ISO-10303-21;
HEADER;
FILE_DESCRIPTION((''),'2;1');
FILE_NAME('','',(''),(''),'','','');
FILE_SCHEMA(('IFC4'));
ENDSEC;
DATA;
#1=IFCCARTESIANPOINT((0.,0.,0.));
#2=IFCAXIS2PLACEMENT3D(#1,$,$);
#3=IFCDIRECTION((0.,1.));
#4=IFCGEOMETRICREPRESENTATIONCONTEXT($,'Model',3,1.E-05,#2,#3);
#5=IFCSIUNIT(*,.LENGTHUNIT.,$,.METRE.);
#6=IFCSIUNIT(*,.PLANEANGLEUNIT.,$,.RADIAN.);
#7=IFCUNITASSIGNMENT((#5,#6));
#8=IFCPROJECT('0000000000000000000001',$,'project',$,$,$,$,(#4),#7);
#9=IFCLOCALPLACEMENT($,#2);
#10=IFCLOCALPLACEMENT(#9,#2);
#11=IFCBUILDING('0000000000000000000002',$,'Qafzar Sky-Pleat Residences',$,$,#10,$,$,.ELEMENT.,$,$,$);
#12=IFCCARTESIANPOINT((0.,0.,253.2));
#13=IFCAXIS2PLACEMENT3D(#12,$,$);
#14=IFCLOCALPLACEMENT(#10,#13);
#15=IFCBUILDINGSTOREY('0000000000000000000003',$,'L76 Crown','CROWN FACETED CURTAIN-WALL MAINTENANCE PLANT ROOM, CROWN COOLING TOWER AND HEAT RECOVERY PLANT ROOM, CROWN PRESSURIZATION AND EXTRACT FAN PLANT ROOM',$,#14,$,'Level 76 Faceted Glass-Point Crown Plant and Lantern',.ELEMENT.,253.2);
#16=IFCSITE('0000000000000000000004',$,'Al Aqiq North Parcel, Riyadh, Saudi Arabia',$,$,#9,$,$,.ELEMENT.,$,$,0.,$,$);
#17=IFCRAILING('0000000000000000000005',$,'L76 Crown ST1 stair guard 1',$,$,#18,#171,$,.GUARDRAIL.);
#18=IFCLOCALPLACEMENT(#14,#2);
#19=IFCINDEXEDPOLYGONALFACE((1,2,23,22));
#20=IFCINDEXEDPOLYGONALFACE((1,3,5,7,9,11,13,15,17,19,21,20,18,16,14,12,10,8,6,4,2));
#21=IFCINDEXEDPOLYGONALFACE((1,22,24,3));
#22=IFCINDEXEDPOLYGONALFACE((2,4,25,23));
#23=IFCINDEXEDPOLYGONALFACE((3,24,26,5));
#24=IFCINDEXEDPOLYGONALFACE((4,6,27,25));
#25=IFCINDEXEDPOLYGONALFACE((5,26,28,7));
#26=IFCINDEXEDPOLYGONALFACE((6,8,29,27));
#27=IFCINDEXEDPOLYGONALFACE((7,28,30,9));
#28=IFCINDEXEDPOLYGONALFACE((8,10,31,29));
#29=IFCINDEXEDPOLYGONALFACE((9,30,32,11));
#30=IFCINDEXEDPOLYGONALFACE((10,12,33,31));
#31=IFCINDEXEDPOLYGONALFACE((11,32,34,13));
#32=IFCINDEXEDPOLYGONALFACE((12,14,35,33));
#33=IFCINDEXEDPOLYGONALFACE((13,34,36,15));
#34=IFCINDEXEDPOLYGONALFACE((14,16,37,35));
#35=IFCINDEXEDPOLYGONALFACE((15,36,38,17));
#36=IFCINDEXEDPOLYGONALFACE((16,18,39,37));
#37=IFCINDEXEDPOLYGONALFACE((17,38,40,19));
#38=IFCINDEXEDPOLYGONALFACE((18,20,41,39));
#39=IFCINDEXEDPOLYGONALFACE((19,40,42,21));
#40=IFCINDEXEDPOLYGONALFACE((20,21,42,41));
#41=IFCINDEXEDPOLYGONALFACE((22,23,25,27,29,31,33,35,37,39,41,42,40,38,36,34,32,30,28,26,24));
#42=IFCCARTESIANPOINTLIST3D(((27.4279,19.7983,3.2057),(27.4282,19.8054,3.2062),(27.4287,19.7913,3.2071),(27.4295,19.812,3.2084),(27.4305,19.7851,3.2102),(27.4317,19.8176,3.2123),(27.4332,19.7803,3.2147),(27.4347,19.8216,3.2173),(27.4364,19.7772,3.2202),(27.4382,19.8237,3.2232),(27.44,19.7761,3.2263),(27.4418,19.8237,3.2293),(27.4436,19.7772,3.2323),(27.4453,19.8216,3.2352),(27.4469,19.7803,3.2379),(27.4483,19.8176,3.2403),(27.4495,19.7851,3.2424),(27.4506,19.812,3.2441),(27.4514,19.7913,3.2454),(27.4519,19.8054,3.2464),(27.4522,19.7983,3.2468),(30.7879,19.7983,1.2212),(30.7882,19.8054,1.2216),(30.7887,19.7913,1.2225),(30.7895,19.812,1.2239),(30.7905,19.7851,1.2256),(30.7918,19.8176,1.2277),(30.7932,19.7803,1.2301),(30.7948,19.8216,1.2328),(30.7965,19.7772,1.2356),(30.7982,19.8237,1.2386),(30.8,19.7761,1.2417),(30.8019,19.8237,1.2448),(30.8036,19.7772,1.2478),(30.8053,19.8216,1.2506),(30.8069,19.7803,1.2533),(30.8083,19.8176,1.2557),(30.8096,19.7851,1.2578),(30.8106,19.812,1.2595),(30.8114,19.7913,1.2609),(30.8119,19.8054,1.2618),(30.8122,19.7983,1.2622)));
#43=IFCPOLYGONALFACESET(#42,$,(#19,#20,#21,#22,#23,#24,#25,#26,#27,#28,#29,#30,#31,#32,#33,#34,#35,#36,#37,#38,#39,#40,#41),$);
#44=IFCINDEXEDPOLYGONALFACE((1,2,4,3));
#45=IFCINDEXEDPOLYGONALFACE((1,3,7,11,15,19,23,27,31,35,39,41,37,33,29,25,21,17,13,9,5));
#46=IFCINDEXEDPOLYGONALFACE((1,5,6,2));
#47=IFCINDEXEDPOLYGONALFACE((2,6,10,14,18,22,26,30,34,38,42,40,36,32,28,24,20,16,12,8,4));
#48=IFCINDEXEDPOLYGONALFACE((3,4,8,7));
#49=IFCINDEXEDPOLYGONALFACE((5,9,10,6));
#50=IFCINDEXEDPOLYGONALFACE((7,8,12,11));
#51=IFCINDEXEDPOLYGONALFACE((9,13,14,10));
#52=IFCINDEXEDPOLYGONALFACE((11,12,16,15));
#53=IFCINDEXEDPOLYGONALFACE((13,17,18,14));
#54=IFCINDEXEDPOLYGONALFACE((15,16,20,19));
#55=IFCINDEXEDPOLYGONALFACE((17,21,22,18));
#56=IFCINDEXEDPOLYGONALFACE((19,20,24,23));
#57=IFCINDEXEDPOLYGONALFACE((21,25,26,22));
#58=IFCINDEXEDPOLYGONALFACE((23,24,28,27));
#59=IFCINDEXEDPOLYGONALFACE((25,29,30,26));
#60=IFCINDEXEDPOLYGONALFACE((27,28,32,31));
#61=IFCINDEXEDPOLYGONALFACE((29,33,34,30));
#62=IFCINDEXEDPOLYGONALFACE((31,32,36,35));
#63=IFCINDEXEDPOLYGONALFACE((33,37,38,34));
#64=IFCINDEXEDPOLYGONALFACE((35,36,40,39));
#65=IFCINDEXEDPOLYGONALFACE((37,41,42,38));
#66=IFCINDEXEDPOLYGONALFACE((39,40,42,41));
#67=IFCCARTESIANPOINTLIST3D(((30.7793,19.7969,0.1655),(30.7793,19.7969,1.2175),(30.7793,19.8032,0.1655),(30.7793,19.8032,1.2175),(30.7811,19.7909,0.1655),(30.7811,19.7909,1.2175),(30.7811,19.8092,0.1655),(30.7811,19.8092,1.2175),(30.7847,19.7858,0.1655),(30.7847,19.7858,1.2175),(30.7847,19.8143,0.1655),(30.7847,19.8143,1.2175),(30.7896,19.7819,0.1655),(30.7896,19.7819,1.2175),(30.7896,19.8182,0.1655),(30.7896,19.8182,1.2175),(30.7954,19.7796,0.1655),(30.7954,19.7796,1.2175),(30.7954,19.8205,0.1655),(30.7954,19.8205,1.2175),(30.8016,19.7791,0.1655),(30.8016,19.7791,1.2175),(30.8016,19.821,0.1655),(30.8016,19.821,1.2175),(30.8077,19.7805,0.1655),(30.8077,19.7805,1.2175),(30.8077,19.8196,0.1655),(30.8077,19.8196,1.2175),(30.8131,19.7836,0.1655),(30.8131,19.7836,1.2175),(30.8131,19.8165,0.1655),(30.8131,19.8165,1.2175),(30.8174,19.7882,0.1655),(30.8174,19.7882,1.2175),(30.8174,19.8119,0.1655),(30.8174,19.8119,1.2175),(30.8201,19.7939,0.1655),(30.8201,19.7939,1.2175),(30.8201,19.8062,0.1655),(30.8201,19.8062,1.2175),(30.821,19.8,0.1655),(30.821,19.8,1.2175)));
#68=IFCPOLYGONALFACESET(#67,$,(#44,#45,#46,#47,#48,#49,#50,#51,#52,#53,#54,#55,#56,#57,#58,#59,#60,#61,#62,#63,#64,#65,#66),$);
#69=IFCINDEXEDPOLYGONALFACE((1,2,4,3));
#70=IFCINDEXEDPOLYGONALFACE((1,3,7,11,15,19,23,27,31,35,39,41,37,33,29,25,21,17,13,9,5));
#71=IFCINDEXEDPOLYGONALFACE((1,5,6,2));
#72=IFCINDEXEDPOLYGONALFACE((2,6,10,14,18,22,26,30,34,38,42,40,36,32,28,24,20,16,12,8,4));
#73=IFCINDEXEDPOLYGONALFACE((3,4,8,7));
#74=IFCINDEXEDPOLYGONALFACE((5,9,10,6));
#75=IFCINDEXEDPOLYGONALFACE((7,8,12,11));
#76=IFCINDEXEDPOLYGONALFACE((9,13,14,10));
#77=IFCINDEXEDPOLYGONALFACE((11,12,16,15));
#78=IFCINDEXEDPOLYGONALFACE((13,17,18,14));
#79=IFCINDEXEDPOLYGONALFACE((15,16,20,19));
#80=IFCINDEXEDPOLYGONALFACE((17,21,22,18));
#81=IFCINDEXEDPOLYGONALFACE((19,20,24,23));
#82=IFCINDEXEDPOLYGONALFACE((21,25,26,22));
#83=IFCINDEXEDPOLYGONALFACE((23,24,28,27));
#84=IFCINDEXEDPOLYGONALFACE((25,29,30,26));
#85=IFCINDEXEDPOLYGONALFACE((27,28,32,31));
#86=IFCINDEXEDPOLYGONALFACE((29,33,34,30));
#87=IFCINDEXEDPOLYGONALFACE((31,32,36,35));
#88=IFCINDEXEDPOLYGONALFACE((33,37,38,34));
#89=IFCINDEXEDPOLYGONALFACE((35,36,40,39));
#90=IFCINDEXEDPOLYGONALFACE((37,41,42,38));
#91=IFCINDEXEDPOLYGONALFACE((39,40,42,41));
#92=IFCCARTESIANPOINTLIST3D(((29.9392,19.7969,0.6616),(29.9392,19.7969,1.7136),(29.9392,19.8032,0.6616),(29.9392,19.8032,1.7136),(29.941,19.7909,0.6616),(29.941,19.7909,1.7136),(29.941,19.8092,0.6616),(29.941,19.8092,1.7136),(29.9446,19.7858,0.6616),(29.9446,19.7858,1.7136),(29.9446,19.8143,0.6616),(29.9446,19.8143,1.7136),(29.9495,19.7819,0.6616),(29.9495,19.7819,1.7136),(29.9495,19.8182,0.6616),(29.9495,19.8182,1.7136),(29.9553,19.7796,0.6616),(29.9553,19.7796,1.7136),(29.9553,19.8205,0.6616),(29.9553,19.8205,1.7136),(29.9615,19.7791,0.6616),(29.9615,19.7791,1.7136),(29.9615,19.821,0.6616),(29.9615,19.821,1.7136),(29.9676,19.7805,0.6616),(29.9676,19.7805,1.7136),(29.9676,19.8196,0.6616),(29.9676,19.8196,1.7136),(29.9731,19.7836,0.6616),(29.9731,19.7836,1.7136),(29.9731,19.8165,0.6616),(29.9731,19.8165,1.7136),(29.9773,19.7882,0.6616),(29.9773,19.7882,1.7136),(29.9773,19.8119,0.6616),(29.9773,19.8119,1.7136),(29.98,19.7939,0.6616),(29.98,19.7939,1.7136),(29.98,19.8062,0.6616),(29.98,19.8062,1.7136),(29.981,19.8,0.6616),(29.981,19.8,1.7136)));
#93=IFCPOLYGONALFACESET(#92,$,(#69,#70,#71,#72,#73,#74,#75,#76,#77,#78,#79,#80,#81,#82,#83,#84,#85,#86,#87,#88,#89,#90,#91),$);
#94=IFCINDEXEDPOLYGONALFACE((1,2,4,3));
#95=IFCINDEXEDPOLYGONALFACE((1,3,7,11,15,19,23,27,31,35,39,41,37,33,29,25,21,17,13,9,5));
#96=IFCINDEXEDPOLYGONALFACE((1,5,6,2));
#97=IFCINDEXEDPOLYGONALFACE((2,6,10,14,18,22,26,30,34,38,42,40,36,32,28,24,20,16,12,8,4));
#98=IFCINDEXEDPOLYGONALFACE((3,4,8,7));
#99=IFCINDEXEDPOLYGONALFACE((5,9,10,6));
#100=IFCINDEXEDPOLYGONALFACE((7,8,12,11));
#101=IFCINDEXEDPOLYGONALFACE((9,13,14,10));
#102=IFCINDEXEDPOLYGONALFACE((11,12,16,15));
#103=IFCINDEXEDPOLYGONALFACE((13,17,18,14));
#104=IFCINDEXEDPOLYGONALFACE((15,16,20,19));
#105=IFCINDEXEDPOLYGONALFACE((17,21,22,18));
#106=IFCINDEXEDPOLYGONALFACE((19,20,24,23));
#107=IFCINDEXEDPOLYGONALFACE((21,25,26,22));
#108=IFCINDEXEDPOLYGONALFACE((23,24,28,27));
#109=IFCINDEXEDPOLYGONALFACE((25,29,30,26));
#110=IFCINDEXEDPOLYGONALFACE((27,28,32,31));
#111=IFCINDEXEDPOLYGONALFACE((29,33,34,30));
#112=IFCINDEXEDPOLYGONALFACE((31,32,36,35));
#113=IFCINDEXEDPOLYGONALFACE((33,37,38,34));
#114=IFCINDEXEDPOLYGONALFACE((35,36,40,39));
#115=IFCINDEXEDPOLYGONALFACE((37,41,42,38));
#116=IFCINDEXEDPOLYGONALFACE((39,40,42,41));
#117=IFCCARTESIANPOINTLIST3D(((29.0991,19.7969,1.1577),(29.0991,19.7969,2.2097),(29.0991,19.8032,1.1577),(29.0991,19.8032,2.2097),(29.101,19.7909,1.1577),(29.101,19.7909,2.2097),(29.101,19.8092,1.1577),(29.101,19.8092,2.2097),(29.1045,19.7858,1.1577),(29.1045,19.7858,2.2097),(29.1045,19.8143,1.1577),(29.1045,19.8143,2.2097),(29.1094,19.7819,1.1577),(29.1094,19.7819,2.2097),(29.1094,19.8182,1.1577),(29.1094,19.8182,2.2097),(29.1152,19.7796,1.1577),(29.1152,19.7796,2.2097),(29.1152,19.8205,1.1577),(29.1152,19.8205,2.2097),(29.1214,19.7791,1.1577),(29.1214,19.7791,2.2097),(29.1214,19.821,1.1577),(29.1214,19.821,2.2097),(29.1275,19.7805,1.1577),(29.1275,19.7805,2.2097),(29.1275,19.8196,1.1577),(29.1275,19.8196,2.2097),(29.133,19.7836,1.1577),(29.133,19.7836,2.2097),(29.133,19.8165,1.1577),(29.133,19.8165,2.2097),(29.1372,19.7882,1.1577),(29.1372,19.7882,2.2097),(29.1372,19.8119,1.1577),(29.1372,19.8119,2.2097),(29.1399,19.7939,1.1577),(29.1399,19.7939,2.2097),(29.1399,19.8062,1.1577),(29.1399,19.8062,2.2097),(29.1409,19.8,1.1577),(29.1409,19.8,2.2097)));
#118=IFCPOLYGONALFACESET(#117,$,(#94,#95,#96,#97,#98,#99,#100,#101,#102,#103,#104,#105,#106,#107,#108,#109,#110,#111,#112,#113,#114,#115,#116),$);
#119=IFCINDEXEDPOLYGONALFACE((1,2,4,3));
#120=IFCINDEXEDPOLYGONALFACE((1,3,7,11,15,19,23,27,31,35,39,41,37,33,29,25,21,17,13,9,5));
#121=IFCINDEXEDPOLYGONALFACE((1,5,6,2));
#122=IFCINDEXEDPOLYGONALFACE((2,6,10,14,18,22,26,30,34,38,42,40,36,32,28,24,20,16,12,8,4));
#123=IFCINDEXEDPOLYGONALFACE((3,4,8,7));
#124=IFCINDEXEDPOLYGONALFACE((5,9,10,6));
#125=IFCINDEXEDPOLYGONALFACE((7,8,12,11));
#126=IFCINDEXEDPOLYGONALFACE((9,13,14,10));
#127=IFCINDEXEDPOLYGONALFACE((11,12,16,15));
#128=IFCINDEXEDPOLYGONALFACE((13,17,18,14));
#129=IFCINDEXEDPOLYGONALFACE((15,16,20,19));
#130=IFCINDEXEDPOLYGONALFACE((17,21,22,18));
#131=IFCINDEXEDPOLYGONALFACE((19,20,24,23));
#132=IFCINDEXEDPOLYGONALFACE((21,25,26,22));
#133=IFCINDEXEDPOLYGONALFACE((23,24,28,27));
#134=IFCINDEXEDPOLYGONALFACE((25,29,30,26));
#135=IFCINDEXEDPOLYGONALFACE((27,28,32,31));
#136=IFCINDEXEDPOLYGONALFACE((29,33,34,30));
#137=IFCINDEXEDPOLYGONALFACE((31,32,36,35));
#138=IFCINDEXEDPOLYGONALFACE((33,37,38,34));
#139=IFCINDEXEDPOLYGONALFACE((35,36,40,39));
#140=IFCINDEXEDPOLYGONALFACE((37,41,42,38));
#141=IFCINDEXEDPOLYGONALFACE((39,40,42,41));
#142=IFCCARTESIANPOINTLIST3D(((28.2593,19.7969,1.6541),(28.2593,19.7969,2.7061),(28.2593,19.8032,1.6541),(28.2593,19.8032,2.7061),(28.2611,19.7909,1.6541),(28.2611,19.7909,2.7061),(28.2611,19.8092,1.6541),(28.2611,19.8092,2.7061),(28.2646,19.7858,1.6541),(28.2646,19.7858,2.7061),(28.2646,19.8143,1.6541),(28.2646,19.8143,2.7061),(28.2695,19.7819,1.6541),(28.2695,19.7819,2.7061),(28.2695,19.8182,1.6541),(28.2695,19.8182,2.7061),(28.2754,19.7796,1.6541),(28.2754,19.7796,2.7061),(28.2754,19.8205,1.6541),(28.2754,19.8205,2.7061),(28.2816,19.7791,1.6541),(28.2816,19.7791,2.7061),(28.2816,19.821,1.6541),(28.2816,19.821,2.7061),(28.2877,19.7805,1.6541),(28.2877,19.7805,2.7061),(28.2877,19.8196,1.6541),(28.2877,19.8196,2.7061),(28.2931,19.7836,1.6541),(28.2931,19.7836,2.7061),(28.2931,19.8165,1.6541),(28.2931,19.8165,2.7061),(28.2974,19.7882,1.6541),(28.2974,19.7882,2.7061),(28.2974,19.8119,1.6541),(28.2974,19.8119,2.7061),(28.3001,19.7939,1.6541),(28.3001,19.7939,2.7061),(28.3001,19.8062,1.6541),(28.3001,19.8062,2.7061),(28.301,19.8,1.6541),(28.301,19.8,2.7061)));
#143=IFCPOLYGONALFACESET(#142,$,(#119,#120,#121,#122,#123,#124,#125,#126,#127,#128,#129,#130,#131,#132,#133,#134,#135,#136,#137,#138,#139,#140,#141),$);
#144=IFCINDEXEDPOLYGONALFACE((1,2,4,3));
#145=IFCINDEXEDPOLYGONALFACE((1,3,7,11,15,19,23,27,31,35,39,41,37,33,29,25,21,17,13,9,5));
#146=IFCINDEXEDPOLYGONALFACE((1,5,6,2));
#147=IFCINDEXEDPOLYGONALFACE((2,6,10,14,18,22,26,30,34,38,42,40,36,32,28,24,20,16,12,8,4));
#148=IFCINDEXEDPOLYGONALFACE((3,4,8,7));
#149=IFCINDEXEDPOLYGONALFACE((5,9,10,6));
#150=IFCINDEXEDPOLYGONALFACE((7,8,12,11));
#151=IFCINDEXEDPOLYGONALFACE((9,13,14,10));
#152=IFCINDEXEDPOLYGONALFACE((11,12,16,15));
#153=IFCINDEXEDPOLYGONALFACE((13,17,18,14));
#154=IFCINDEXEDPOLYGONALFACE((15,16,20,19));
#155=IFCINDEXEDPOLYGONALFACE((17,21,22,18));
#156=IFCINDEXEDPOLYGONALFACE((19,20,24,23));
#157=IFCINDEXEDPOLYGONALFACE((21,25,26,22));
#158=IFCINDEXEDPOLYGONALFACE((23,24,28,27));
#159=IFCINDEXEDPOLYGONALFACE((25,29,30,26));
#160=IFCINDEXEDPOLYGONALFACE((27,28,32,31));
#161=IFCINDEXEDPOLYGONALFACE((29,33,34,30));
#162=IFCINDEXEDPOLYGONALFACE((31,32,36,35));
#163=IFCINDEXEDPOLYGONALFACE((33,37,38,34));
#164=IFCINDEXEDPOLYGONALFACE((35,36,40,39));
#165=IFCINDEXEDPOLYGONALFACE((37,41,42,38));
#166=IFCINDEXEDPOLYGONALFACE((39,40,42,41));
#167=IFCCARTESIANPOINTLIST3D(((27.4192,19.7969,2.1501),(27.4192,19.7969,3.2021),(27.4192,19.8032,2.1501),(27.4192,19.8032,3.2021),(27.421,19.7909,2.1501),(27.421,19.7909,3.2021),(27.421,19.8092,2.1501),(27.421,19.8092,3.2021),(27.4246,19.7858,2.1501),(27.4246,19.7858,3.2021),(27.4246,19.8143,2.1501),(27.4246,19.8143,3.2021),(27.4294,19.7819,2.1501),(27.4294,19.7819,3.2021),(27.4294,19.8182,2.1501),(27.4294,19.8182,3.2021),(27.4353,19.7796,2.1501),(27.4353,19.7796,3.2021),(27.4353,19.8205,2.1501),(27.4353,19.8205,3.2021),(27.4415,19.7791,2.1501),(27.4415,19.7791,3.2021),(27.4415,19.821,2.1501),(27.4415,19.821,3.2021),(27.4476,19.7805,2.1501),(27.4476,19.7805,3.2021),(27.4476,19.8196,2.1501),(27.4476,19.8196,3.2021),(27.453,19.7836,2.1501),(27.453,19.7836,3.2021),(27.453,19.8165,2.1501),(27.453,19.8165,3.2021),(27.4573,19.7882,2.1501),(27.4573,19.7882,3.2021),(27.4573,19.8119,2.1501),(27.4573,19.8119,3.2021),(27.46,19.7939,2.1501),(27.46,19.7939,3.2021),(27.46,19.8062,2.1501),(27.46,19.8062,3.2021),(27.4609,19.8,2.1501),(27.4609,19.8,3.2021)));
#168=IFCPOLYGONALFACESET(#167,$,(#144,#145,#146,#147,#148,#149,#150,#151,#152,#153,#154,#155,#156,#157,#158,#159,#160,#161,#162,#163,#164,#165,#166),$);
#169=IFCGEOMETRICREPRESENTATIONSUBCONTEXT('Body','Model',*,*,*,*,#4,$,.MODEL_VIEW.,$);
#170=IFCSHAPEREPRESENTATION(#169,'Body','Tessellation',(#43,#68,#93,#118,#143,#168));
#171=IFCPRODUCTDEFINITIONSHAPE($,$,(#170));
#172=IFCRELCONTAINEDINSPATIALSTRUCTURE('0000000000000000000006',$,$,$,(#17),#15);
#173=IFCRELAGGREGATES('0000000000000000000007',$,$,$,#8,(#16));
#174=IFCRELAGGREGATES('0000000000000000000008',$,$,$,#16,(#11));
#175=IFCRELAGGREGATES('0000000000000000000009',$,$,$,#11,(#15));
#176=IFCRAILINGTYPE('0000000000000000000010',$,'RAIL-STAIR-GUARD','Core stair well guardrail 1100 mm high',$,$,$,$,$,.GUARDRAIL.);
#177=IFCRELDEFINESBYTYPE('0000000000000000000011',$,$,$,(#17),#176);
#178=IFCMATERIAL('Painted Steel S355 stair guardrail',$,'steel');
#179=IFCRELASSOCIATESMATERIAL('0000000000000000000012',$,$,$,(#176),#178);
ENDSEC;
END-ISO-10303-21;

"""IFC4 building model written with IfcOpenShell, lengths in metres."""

from ifc_helpers import new_model, si_unit, direction, frame, origin, origin_2d, place, context, subcontext, project, spatial, circle, extrude, source, transform, mapped, material, type_object, element, save


model = new_model("IFC4")

# Units and contexts
model_context = context("Model", 3, precision=1e-05, world=origin(), true_north=direction((0.0, 1.0)))
body_context = subcontext(model_context, "Body", "Model", "MODEL_VIEW")
ifc_project = project(units=[si_unit("LENGTHUNIT", "METRE"), si_unit("PLANEANGLEUNIT", "RADIAN")], contexts=[model_context])

# Site, building, storey
site_placement = place(None, origin())
site = spatial("IfcSite", under=ifc_project, at=site_placement, Name="Al Aqiq North Parcel, Riyadh, Saudi Arabia", CompositionType="ELEMENT", RefElevation=0.0)
building_placement = place(site_placement, origin())
building = spatial("IfcBuilding", under=site, at=building_placement, Name="Qafzar Sky-Pleat Residences", CompositionType="ELEMENT")
storey_placement = place(building_placement, frame((0.0, 0.0, 253.2)))
storey = spatial("IfcBuildingStorey", under=building, at=storey_placement, Name="L76 Crown", Description="CROWN FACETED CURTAIN-WALL MAINTENANCE PLANT ROOM, CROWN COOLING TOWER AND HEAT RECOVERY PLANT ROOM, CROWN PRESSURIZATION AND EXTRACT FAN PLANT ROOM", LongName="Level 76 Faceted Glass-Point Crown Plant and Lantern", CompositionType="ELEMENT", Elevation=253.2)

# Railing
ifc_material_1 = material(Name="Painted Steel S355 stair guardrail", Category="steel")
railing_type_1 = type_object("IfcRailingType", Name="RAIL-STAIR-GUARD", Description="Core stair well guardrail 1100 mm high", PredefinedType="GUARDRAIL", material=ifc_material_1)
shared_shape_1 = source(origin(), body_context, "Body", "SweptSolid", [
    extrude(circle(Radius=0.0239, at=origin_2d()), frame((0.0, 0.0, 1.0762), z_axis=(-0.861027, 0.0, 0.508559), x_axis=(0.0, -1.0, 0.0)), (0.0, 0.0, 1.0), 3.9023),
    extrude(circle(Radius=0.021, at=origin_2d()), origin(), (0.0, 0.0, 1.0), 1.052),
    extrude(circle(Radius=0.021, at=origin_2d()), frame((-0.8401, 0.0, 0.4961)), (0.0, 0.0, 1.0), 1.052),
    extrude(circle(Radius=0.021, at=origin_2d()), frame((-1.6802, 0.0, 0.9922)), (0.0, 0.0, 1.0), 1.052),
    extrude(circle(Radius=0.021, at=origin_2d()), frame((-2.52, 0.0, 1.4885)), (0.0, 0.0, 1.0), 1.052),
    extrude(circle(Radius=0.021, at=origin_2d()), frame((-3.3601, 0.0, 1.9846)), (0.0, 0.0, 1.0), 1.052),
])
railing_1_placement = place(storey_placement, frame((30.8, 19.8, 0.1655)))
element("IfcRailing", 1, at=railing_1_placement, inside=storey, type_object=railing_type_1, Name="L76 Crown ST1 stair guard 1", PredefinedType="GUARDRAIL", context=body_context, shape_type="MappedRepresentation", body=[
    mapped(shared_shape_1, transform((0.0, 0.0, 0.0), x_axis=(1.0, 0.0, 0.0), y_axis=(0.0, 1.0, 0.0), z_axis=(0.0, 0.0, 1.0), scale=1.0)),
])

save(model, "model.ifc")
